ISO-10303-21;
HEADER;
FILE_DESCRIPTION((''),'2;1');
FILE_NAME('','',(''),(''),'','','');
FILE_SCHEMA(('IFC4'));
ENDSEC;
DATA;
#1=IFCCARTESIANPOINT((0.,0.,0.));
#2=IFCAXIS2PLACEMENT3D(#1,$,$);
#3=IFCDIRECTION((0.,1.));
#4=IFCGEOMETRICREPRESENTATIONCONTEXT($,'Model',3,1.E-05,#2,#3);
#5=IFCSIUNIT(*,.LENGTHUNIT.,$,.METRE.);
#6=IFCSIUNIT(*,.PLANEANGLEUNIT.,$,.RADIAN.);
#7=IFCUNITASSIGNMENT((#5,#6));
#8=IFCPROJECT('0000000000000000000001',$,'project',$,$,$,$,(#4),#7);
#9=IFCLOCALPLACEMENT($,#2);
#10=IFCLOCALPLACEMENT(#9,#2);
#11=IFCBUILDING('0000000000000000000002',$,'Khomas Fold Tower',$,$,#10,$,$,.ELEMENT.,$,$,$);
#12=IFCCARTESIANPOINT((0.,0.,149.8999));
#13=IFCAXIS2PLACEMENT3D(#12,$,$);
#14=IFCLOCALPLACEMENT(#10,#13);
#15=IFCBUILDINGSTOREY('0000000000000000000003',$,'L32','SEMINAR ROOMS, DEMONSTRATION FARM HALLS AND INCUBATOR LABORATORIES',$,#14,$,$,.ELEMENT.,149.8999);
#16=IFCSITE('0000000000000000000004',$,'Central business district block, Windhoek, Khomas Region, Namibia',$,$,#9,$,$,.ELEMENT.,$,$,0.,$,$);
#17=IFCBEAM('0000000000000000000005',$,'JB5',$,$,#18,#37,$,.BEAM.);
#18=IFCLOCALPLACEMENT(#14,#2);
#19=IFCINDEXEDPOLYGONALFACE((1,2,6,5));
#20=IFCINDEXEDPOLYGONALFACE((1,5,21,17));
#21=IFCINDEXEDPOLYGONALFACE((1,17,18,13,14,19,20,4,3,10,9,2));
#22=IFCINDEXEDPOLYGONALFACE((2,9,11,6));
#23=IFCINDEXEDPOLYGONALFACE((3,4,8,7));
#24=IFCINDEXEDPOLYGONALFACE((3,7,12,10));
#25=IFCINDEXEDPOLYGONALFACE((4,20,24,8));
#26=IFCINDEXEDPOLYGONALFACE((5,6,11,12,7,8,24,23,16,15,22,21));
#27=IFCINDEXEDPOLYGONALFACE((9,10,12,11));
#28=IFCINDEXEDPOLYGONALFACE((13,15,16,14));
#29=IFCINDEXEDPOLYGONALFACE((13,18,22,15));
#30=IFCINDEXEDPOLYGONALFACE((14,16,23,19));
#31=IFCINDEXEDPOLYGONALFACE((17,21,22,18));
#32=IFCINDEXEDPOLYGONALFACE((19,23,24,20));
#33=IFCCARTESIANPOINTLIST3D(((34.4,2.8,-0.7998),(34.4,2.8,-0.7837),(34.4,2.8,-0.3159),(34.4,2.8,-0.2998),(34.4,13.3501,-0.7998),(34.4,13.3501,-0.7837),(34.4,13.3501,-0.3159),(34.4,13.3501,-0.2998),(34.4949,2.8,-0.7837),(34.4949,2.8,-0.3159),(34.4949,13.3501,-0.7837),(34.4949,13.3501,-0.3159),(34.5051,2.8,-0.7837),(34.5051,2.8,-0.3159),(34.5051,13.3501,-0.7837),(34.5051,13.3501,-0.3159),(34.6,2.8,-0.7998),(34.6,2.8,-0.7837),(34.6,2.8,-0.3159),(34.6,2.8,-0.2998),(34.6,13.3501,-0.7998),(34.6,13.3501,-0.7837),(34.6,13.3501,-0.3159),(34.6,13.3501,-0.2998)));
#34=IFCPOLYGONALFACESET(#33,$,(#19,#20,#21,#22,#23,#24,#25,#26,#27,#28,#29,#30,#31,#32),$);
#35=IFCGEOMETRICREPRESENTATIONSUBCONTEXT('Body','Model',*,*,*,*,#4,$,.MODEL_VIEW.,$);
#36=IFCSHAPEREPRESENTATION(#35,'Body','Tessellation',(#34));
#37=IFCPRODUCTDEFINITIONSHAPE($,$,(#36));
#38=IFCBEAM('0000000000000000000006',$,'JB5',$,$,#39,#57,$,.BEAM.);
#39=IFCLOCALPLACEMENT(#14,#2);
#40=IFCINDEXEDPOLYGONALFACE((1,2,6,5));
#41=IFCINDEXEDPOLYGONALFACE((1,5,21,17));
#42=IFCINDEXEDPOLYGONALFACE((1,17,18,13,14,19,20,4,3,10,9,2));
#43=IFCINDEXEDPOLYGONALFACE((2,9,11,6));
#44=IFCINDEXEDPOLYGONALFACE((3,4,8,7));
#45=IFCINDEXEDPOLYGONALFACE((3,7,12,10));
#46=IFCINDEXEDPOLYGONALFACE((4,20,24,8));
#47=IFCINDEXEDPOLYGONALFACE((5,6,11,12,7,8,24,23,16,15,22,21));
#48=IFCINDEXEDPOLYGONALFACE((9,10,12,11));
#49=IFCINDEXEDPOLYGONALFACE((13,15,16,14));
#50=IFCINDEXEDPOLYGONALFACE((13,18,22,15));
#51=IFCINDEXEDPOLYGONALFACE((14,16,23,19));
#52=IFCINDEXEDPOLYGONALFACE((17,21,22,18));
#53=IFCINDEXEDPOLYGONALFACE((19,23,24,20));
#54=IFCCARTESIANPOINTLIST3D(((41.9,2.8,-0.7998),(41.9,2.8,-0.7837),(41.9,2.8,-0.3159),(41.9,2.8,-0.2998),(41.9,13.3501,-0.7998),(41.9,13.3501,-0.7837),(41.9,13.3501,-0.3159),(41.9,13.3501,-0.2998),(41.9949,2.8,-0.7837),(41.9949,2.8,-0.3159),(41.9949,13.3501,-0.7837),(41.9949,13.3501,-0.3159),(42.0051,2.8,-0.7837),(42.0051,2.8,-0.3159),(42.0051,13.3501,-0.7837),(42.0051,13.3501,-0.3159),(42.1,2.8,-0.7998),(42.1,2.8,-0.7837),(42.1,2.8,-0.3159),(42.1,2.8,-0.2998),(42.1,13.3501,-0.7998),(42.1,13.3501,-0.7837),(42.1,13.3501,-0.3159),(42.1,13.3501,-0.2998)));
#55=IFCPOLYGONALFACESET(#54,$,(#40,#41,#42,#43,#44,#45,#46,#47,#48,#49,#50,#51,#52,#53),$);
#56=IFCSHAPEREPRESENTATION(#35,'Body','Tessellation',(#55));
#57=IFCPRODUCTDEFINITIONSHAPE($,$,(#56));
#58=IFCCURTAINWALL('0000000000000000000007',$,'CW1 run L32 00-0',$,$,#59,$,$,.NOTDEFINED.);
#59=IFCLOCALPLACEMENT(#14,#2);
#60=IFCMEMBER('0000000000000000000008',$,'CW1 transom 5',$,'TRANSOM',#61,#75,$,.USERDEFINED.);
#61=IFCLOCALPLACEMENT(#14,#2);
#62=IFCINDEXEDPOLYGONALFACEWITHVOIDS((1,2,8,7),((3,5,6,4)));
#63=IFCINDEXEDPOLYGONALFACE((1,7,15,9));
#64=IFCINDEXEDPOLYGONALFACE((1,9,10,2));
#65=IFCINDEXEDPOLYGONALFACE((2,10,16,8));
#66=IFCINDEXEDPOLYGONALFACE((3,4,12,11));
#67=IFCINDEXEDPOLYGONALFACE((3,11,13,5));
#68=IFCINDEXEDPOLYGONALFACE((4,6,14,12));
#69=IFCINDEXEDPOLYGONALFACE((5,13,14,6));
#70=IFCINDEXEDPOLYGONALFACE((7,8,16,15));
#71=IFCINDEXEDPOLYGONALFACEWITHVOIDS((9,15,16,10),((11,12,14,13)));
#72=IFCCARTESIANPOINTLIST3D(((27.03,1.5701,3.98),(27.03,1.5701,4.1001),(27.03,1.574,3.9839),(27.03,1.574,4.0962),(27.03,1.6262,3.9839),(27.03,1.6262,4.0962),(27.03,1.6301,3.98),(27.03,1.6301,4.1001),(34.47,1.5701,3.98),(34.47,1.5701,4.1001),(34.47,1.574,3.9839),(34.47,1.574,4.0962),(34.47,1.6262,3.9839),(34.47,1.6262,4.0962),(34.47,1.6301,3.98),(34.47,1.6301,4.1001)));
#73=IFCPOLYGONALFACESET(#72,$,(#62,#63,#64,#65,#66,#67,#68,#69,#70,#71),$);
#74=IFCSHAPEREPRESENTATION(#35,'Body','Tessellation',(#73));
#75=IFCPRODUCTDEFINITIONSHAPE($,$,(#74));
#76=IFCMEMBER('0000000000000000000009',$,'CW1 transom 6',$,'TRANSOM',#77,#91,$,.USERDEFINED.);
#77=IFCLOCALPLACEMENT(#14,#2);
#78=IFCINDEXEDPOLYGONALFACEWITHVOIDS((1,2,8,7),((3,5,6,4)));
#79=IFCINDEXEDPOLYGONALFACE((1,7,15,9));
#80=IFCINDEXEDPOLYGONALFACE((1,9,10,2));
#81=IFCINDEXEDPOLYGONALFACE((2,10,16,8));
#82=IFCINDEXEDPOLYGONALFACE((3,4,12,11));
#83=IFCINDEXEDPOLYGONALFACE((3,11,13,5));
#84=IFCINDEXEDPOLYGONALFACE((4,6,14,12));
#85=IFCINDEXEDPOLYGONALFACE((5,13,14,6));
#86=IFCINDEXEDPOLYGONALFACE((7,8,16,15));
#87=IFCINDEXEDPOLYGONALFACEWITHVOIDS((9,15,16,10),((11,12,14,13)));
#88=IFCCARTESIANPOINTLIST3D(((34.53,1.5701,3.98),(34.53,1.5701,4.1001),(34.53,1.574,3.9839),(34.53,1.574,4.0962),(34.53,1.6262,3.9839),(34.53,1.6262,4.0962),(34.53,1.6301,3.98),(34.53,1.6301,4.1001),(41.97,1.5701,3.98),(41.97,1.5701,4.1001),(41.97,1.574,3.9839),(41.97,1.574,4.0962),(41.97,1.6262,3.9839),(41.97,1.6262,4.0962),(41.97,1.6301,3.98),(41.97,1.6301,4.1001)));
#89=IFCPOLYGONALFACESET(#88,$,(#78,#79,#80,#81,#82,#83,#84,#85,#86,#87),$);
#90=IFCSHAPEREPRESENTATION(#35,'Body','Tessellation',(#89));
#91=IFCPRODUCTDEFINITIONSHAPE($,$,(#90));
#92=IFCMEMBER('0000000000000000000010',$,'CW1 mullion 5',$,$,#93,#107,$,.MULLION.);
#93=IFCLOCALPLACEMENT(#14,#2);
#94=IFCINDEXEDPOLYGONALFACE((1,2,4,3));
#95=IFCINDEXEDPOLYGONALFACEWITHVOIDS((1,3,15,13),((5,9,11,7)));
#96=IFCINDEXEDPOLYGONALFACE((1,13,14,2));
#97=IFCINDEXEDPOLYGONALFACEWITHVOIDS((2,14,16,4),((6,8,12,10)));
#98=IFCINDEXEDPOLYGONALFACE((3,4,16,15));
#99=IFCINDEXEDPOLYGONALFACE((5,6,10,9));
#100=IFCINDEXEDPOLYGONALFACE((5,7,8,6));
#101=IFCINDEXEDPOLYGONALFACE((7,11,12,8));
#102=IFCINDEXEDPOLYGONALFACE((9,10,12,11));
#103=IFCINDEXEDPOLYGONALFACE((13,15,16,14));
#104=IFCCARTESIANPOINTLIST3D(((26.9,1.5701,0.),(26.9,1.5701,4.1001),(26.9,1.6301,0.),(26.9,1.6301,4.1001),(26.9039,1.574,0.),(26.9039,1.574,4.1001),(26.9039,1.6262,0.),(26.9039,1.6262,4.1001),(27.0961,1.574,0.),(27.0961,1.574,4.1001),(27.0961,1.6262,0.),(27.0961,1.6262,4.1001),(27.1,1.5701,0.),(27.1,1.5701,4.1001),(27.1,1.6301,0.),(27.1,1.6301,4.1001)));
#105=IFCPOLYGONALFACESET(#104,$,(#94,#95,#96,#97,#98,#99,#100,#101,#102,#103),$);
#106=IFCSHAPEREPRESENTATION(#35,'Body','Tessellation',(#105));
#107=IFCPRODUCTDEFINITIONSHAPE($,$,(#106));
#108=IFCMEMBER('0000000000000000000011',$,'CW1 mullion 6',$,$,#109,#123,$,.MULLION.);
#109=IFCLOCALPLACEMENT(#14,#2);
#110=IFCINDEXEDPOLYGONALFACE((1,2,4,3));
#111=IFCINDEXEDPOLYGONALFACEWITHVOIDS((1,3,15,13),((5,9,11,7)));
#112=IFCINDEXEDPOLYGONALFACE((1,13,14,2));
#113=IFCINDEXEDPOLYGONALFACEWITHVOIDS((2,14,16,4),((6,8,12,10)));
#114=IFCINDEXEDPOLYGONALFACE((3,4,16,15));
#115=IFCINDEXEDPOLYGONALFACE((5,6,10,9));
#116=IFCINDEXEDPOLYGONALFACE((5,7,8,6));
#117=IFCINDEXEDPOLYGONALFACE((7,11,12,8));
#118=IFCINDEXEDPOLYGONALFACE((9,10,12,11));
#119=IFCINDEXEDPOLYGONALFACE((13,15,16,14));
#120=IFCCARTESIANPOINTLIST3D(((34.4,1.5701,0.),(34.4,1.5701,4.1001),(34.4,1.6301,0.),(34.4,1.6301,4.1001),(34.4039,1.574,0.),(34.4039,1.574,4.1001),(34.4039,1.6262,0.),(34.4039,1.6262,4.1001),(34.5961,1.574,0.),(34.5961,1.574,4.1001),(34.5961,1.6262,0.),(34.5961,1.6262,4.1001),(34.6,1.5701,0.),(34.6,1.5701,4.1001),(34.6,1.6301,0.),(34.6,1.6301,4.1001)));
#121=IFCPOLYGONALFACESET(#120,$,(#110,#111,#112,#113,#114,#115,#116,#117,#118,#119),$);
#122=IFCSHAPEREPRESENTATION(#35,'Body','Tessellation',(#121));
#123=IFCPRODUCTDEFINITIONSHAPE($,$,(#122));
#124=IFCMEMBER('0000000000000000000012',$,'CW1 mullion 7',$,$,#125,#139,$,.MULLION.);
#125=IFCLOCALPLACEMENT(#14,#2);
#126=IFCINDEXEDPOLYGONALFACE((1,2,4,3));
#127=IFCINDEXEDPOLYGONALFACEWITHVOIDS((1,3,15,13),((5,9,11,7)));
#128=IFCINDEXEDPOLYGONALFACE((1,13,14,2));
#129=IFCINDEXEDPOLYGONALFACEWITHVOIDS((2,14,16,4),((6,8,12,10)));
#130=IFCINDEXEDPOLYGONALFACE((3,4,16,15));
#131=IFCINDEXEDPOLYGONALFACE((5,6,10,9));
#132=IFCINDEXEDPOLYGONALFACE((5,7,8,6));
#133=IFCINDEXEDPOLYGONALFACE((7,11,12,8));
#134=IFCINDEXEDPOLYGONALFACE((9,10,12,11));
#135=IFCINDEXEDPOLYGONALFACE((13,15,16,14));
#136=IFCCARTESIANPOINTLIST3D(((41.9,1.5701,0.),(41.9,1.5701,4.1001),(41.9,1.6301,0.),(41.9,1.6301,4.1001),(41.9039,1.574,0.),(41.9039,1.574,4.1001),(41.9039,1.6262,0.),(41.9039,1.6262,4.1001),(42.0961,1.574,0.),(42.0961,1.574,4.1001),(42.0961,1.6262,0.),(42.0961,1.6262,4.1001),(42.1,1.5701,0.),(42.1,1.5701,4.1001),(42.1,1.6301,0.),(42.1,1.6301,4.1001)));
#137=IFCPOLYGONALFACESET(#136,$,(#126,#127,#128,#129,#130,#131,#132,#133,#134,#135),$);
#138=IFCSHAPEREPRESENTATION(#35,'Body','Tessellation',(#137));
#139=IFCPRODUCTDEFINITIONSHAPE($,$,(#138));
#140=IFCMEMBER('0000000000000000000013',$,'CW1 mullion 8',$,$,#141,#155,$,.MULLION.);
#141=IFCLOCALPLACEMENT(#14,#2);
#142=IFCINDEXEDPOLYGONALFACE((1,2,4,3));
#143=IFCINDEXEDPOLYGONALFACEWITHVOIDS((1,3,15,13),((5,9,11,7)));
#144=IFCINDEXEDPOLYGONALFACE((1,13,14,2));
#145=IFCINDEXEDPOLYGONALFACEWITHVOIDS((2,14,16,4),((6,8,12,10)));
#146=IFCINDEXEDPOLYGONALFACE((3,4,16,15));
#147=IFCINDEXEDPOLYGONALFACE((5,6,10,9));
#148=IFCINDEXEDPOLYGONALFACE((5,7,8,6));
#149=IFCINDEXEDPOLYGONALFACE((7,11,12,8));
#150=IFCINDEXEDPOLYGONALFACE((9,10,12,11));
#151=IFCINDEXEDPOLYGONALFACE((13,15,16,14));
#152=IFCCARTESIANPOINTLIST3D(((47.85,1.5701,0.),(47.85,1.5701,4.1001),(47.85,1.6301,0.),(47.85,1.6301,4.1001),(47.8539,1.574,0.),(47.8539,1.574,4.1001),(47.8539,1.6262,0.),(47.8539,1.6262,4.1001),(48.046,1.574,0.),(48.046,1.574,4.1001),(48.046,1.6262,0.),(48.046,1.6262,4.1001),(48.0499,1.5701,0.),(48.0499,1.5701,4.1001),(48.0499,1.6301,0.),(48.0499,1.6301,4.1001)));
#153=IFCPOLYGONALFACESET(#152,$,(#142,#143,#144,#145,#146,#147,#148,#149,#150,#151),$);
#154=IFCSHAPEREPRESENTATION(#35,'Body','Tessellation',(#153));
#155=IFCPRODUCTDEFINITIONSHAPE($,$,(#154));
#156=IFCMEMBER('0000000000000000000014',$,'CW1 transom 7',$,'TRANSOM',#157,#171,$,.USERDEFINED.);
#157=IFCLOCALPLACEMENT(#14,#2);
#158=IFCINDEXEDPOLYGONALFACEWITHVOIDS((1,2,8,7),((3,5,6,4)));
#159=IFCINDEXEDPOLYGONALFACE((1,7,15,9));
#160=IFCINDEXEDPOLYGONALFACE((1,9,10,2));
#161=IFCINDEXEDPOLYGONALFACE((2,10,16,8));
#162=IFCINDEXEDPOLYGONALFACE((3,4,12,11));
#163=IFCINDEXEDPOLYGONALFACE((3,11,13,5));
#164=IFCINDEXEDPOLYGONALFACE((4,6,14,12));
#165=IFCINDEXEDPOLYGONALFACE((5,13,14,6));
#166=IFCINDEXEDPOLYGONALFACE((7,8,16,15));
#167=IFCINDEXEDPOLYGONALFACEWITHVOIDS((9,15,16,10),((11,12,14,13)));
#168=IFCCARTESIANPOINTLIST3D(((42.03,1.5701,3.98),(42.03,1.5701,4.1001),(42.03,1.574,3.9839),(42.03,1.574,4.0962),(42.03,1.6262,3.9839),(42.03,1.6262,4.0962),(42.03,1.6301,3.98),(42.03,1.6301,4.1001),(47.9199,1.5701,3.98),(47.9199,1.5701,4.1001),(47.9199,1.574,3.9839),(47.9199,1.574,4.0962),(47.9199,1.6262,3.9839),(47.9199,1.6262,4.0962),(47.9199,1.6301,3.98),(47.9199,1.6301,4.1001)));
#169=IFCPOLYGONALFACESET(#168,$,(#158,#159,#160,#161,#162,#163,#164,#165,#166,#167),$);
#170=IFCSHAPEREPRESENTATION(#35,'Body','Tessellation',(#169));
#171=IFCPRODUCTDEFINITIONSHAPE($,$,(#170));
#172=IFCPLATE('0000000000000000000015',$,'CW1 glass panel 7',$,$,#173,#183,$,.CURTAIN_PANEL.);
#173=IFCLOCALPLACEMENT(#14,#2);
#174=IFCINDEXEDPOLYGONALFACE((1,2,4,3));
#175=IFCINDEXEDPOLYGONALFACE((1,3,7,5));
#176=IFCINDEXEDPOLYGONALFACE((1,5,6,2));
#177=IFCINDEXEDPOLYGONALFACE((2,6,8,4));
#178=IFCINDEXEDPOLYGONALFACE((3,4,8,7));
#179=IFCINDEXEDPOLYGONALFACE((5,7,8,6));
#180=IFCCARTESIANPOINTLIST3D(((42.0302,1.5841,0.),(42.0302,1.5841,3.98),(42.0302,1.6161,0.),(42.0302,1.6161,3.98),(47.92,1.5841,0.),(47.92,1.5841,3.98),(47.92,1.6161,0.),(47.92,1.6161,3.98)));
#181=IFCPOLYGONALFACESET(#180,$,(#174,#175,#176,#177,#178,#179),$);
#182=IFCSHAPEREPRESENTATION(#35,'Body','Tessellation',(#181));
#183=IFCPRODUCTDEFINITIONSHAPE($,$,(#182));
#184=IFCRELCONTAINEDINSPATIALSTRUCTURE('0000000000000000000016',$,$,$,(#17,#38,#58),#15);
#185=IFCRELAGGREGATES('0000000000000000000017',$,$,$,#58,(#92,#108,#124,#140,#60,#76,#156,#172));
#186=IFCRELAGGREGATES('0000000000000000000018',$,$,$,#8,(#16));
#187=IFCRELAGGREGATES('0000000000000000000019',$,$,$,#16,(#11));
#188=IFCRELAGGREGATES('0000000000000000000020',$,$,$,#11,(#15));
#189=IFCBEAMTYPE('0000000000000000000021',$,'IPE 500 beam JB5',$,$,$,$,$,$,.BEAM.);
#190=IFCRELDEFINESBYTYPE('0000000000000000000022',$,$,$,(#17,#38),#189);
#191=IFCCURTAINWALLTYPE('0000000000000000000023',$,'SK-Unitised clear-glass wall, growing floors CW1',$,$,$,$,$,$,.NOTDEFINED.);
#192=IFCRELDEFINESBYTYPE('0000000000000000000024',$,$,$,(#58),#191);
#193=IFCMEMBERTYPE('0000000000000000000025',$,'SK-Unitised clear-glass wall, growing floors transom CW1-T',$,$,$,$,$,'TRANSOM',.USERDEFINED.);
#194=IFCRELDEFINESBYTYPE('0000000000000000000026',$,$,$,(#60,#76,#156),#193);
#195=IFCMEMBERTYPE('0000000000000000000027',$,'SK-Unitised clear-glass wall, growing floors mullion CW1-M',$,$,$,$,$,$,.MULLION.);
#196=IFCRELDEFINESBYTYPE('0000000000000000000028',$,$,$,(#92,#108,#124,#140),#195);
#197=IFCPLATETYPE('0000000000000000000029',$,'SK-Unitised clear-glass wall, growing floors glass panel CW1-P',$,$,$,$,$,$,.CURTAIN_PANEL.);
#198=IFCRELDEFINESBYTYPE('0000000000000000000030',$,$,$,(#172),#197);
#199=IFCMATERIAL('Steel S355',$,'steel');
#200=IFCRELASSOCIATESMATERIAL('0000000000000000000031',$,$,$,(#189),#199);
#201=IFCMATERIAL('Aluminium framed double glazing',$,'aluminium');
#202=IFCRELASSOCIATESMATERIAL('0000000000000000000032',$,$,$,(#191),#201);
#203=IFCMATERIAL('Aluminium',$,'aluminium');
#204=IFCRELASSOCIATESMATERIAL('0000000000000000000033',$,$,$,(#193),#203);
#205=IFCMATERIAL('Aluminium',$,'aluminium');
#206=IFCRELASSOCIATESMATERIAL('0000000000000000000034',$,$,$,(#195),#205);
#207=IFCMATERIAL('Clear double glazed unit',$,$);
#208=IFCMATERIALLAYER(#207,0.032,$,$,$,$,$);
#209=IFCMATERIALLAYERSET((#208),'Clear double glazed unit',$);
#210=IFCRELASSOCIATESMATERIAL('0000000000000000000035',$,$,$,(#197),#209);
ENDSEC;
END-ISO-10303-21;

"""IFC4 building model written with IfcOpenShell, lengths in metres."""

from ifc_helpers import new_model, si_unit, direction, frame, origin, origin_2d, place, context, subcontext, project, spatial, rectangle, hollow_rectangle, i_section, extrude, source, transform, mapped, material, layer, layer_set, material_profile, profile_set, type_object, element, aggregate, save


model = new_model("IFC4")

# Units and contexts
model_context = context("Model", 3, precision=1e-05, world=origin(), true_north=direction((0.0, 1.0)))
body_context = subcontext(model_context, "Body", "Model", "MODEL_VIEW")
ifc_project = project(units=[si_unit("LENGTHUNIT", "METRE"), si_unit("PLANEANGLEUNIT", "RADIAN")], contexts=[model_context])

# Site, building, storey
site_placement = place(None, origin())
site = spatial("IfcSite", under=ifc_project, at=site_placement, Name="Central business district block, Windhoek, Khomas Region, Namibia", CompositionType="ELEMENT", RefElevation=0.0)
building_placement = place(site_placement, origin())
building = spatial("IfcBuilding", under=site, at=building_placement, Name="Khomas Fold Tower", CompositionType="ELEMENT")
storey_placement = place(building_placement, frame((0.0, 0.0, 149.8999)))
storey = spatial("IfcBuildingStorey", under=building, at=storey_placement, Name="L32", Description="SEMINAR ROOMS, DEMONSTRATION FARM HALLS AND INCUBATOR LABORATORIES", CompositionType="ELEMENT", Elevation=149.8999)

# Beams
ifc_material_1 = material(Name="Steel S355", Category="steel")
ifc_material_profile_1 = material_profile(ifc_material_1, i_section(OverallWidth=0.2, OverallDepth=0.5, WebThickness=0.0103, FlangeThickness=0.0161, at=origin_2d()), Name="IPE 500")
ifc_profile_set_1 = profile_set([ifc_material_profile_1], Name="Steel S355")
beam_type_1 = type_object("IfcBeamType", Name="IPE 500 beam JB5", PredefinedType="BEAM", material=ifc_profile_set_1)
shared_shape_1 = source(origin(), body_context, "Body", "SweptSolid", [
    extrude(i_section(OverallWidth=0.2, OverallDepth=0.5, WebThickness=0.0103, FlangeThickness=0.0161, at=origin_2d()), origin(), (0.0, 0.0, 1.0), 10.55),
])
for number, where, z_axis, x_axis, name in (
    (1, (34.5, 2.8, -0.5498), (0.0, 1.0, 0.0), (-1.0, 0.0, 0.0), "JB5"),
    (2, (42.0, 2.8, -0.5498), (0.0, 1.0, 0.0), (-1.0, 0.0, 0.0), "JB5"),
):
    element("IfcBeam", number, at=place(storey_placement, frame(where, z_axis=z_axis, x_axis=x_axis)), inside=storey, type_object=beam_type_1, Name=name, PredefinedType="BEAM", context=body_context, shape_type="MappedRepresentation", body=[
        mapped(shared_shape_1, transform((0.0, 0.0, 0.0))),
    ])

# Curtain wall, members, plate
ifc_material_2 = material(Name="Aluminium framed double glazing", Category="aluminium")
curtain_wall_type = type_object("IfcCurtainWallType", Name="SK-Unitised clear-glass wall, growing floors CW1", PredefinedType="NOTDEFINED", material=ifc_material_2)
curtain_wall_placement = place(storey_placement, origin())
curtain_wall = element("IfcCurtainWall", 3, at=curtain_wall_placement, inside=storey, type_object=curtain_wall_type, Name="CW1 run L32 00-0", PredefinedType="NOTDEFINED")
ifc_material_3 = material(Name="Aluminium", Category="aluminium")
ifc_material_profile_2 = material_profile(ifc_material_3, hollow_rectangle(XDim=0.0601, YDim=0.1201, WallThickness=0.0039, at=origin_2d()), Name="SK-Unitised clear-glass wall, growing floors transom CW1-T")
ifc_profile_set_2 = profile_set([ifc_material_profile_2], Name="Aluminium")
member_type_1 = type_object("IfcMemberType", Name="SK-Unitised clear-glass wall, growing floors transom CW1-T", ElementType="TRANSOM", PredefinedType="USERDEFINED", material=ifc_profile_set_2)
shared_shape_2 = source(origin(), body_context, "Body", "SweptSolid", [
    extrude(hollow_rectangle(XDim=0.0601, YDim=0.1201, WallThickness=0.0039, at=origin_2d()), origin(), (0.0, 0.0, 1.0), 7.4399),
])
member_1_placement = place(storey_placement, frame((27.03, 1.6001, 4.04), z_axis=(1.0, 0.0, 0.0), x_axis=(0.0, 1.0, 0.0)))
member_1 = element("IfcMember", 4, at=member_1_placement, type_object=member_type_1, Name="CW1 transom 5", ObjectType="TRANSOM", PredefinedType="USERDEFINED", context=body_context, shape_type="MappedRepresentation", body=[
    mapped(shared_shape_2, transform((0.0, 0.0, 0.0))),
])
member_2_placement = place(storey_placement, frame((34.53, 1.6001, 4.04), z_axis=(1.0, 0.0, 0.0), x_axis=(0.0, 1.0, 0.0)))
member_2 = element("IfcMember", 5, at=member_2_placement, type_object=member_type_1, Name="CW1 transom 6", ObjectType="TRANSOM", PredefinedType="USERDEFINED", context=body_context, shape_type="MappedRepresentation", body=[
    mapped(shared_shape_2, transform((0.0, 0.0, 0.0))),
])
ifc_material_4 = material(Name="Aluminium", Category="aluminium")
ifc_material_profile_3 = material_profile(ifc_material_4, hollow_rectangle(XDim=0.0601, YDim=0.2, WallThickness=0.0039, at=origin_2d()), Name="SK-Unitised clear-glass wall, growing floors mullion CW1-M")
ifc_profile_set_3 = profile_set([ifc_material_profile_3], Name="Aluminium")
member_type_2 = type_object("IfcMemberType", Name="SK-Unitised clear-glass wall, growing floors mullion CW1-M", PredefinedType="MULLION", material=ifc_profile_set_3)
shared_shape_3 = source(origin(), body_context, "Body", "SweptSolid", [
    extrude(hollow_rectangle(XDim=0.0601, YDim=0.2, WallThickness=0.0039, at=origin_2d()), origin(), (0.0, 0.0, 1.0), 4.1001),
])
member_3_placement = place(storey_placement, frame((27.0, 1.6001, 0.0), z_axis=(0.0, 0.0, 1.0), x_axis=(0.0, 1.0, 0.0)))
member_3 = element("IfcMember", 6, at=member_3_placement, type_object=member_type_2, Name="CW1 mullion 5", PredefinedType="MULLION", context=body_context, shape_type="MappedRepresentation", body=[
    mapped(shared_shape_3, transform((0.0, 0.0, 0.0))),
])
member_4_placement = place(storey_placement, frame((34.5, 1.6001, 0.0), z_axis=(0.0, 0.0, 1.0), x_axis=(0.0, 1.0, 0.0)))
member_4 = element("IfcMember", 7, at=member_4_placement, type_object=member_type_2, Name="CW1 mullion 6", PredefinedType="MULLION", context=body_context, shape_type="MappedRepresentation", body=[
    mapped(shared_shape_3, transform((0.0, 0.0, 0.0))),
])
member_5_placement = place(storey_placement, frame((42.0, 1.6001, 0.0), z_axis=(0.0, 0.0, 1.0), x_axis=(0.0, 1.0, 0.0)))
member_5 = element("IfcMember", 8, at=member_5_placement, type_object=member_type_2, Name="CW1 mullion 7", PredefinedType="MULLION", context=body_context, shape_type="MappedRepresentation", body=[
    mapped(shared_shape_3, transform((0.0, 0.0, 0.0))),
])
member_6_placement = place(storey_placement, frame((47.95, 1.6001, 0.0), z_axis=(0.0, 0.0, 1.0), x_axis=(0.0, 1.0, 0.0)))
member_6 = element("IfcMember", 9, at=member_6_placement, type_object=member_type_2, Name="CW1 mullion 8", PredefinedType="MULLION", context=body_context, shape_type="MappedRepresentation", body=[
    mapped(shared_shape_3, transform((0.0, 0.0, 0.0))),
])
shared_shape_4 = source(origin(), body_context, "Body", "SweptSolid", [
    extrude(hollow_rectangle(XDim=0.0601, YDim=0.1201, WallThickness=0.0039, at=origin_2d()), origin(), (0.0, 0.0, 1.0), 5.8899),
])
member_7_placement = place(storey_placement, frame((42.03, 1.6001, 4.04), z_axis=(1.0, 0.0, 0.0), x_axis=(0.0, 1.0, 0.0)))
member_7 = element("IfcMember", 10, at=member_7_placement, type_object=member_type_1, Name="CW1 transom 7", ObjectType="TRANSOM", PredefinedType="USERDEFINED", context=body_context, shape_type="MappedRepresentation", body=[
    mapped(shared_shape_4, transform((0.0, 0.0, 0.0))),
])
ifc_material_5 = material(Name="Clear double glazed unit")
ifc_layer_1 = layer(ifc_material_5, 0.032)
ifc_layer_set_1 = layer_set([ifc_layer_1], Name="Clear double glazed unit")
plate_type = type_object("IfcPlateType", Name="SK-Unitised clear-glass wall, growing floors glass panel CW1-P", PredefinedType="CURTAIN_PANEL", material=ifc_layer_set_1)
shared_shape_5 = source(origin(), body_context, "Body", "SweptSolid", [
    extrude(rectangle(XDim=5.8899, YDim=0.032, at=origin_2d()), origin(), (0.0, 0.0, 1.0), 3.98),
])
plate_1_placement = place(storey_placement, frame((44.9751, 1.6001, 0.0), z_axis=(0.0, 0.0, 1.0), x_axis=(1.0, 0.0, 0.0)))
plate_1 = element("IfcPlate", 11, at=plate_1_placement, type_object=plate_type, Name="CW1 glass panel 7", PredefinedType="CURTAIN_PANEL", context=body_context, shape_type="MappedRepresentation", body=[
    mapped(shared_shape_5, transform((0.0, 0.0, 0.0))),
])
aggregate(curtain_wall, [member_3, member_4, member_5, member_6, member_1, member_2, member_7, plate_1])

save(model, "model.ifc")
